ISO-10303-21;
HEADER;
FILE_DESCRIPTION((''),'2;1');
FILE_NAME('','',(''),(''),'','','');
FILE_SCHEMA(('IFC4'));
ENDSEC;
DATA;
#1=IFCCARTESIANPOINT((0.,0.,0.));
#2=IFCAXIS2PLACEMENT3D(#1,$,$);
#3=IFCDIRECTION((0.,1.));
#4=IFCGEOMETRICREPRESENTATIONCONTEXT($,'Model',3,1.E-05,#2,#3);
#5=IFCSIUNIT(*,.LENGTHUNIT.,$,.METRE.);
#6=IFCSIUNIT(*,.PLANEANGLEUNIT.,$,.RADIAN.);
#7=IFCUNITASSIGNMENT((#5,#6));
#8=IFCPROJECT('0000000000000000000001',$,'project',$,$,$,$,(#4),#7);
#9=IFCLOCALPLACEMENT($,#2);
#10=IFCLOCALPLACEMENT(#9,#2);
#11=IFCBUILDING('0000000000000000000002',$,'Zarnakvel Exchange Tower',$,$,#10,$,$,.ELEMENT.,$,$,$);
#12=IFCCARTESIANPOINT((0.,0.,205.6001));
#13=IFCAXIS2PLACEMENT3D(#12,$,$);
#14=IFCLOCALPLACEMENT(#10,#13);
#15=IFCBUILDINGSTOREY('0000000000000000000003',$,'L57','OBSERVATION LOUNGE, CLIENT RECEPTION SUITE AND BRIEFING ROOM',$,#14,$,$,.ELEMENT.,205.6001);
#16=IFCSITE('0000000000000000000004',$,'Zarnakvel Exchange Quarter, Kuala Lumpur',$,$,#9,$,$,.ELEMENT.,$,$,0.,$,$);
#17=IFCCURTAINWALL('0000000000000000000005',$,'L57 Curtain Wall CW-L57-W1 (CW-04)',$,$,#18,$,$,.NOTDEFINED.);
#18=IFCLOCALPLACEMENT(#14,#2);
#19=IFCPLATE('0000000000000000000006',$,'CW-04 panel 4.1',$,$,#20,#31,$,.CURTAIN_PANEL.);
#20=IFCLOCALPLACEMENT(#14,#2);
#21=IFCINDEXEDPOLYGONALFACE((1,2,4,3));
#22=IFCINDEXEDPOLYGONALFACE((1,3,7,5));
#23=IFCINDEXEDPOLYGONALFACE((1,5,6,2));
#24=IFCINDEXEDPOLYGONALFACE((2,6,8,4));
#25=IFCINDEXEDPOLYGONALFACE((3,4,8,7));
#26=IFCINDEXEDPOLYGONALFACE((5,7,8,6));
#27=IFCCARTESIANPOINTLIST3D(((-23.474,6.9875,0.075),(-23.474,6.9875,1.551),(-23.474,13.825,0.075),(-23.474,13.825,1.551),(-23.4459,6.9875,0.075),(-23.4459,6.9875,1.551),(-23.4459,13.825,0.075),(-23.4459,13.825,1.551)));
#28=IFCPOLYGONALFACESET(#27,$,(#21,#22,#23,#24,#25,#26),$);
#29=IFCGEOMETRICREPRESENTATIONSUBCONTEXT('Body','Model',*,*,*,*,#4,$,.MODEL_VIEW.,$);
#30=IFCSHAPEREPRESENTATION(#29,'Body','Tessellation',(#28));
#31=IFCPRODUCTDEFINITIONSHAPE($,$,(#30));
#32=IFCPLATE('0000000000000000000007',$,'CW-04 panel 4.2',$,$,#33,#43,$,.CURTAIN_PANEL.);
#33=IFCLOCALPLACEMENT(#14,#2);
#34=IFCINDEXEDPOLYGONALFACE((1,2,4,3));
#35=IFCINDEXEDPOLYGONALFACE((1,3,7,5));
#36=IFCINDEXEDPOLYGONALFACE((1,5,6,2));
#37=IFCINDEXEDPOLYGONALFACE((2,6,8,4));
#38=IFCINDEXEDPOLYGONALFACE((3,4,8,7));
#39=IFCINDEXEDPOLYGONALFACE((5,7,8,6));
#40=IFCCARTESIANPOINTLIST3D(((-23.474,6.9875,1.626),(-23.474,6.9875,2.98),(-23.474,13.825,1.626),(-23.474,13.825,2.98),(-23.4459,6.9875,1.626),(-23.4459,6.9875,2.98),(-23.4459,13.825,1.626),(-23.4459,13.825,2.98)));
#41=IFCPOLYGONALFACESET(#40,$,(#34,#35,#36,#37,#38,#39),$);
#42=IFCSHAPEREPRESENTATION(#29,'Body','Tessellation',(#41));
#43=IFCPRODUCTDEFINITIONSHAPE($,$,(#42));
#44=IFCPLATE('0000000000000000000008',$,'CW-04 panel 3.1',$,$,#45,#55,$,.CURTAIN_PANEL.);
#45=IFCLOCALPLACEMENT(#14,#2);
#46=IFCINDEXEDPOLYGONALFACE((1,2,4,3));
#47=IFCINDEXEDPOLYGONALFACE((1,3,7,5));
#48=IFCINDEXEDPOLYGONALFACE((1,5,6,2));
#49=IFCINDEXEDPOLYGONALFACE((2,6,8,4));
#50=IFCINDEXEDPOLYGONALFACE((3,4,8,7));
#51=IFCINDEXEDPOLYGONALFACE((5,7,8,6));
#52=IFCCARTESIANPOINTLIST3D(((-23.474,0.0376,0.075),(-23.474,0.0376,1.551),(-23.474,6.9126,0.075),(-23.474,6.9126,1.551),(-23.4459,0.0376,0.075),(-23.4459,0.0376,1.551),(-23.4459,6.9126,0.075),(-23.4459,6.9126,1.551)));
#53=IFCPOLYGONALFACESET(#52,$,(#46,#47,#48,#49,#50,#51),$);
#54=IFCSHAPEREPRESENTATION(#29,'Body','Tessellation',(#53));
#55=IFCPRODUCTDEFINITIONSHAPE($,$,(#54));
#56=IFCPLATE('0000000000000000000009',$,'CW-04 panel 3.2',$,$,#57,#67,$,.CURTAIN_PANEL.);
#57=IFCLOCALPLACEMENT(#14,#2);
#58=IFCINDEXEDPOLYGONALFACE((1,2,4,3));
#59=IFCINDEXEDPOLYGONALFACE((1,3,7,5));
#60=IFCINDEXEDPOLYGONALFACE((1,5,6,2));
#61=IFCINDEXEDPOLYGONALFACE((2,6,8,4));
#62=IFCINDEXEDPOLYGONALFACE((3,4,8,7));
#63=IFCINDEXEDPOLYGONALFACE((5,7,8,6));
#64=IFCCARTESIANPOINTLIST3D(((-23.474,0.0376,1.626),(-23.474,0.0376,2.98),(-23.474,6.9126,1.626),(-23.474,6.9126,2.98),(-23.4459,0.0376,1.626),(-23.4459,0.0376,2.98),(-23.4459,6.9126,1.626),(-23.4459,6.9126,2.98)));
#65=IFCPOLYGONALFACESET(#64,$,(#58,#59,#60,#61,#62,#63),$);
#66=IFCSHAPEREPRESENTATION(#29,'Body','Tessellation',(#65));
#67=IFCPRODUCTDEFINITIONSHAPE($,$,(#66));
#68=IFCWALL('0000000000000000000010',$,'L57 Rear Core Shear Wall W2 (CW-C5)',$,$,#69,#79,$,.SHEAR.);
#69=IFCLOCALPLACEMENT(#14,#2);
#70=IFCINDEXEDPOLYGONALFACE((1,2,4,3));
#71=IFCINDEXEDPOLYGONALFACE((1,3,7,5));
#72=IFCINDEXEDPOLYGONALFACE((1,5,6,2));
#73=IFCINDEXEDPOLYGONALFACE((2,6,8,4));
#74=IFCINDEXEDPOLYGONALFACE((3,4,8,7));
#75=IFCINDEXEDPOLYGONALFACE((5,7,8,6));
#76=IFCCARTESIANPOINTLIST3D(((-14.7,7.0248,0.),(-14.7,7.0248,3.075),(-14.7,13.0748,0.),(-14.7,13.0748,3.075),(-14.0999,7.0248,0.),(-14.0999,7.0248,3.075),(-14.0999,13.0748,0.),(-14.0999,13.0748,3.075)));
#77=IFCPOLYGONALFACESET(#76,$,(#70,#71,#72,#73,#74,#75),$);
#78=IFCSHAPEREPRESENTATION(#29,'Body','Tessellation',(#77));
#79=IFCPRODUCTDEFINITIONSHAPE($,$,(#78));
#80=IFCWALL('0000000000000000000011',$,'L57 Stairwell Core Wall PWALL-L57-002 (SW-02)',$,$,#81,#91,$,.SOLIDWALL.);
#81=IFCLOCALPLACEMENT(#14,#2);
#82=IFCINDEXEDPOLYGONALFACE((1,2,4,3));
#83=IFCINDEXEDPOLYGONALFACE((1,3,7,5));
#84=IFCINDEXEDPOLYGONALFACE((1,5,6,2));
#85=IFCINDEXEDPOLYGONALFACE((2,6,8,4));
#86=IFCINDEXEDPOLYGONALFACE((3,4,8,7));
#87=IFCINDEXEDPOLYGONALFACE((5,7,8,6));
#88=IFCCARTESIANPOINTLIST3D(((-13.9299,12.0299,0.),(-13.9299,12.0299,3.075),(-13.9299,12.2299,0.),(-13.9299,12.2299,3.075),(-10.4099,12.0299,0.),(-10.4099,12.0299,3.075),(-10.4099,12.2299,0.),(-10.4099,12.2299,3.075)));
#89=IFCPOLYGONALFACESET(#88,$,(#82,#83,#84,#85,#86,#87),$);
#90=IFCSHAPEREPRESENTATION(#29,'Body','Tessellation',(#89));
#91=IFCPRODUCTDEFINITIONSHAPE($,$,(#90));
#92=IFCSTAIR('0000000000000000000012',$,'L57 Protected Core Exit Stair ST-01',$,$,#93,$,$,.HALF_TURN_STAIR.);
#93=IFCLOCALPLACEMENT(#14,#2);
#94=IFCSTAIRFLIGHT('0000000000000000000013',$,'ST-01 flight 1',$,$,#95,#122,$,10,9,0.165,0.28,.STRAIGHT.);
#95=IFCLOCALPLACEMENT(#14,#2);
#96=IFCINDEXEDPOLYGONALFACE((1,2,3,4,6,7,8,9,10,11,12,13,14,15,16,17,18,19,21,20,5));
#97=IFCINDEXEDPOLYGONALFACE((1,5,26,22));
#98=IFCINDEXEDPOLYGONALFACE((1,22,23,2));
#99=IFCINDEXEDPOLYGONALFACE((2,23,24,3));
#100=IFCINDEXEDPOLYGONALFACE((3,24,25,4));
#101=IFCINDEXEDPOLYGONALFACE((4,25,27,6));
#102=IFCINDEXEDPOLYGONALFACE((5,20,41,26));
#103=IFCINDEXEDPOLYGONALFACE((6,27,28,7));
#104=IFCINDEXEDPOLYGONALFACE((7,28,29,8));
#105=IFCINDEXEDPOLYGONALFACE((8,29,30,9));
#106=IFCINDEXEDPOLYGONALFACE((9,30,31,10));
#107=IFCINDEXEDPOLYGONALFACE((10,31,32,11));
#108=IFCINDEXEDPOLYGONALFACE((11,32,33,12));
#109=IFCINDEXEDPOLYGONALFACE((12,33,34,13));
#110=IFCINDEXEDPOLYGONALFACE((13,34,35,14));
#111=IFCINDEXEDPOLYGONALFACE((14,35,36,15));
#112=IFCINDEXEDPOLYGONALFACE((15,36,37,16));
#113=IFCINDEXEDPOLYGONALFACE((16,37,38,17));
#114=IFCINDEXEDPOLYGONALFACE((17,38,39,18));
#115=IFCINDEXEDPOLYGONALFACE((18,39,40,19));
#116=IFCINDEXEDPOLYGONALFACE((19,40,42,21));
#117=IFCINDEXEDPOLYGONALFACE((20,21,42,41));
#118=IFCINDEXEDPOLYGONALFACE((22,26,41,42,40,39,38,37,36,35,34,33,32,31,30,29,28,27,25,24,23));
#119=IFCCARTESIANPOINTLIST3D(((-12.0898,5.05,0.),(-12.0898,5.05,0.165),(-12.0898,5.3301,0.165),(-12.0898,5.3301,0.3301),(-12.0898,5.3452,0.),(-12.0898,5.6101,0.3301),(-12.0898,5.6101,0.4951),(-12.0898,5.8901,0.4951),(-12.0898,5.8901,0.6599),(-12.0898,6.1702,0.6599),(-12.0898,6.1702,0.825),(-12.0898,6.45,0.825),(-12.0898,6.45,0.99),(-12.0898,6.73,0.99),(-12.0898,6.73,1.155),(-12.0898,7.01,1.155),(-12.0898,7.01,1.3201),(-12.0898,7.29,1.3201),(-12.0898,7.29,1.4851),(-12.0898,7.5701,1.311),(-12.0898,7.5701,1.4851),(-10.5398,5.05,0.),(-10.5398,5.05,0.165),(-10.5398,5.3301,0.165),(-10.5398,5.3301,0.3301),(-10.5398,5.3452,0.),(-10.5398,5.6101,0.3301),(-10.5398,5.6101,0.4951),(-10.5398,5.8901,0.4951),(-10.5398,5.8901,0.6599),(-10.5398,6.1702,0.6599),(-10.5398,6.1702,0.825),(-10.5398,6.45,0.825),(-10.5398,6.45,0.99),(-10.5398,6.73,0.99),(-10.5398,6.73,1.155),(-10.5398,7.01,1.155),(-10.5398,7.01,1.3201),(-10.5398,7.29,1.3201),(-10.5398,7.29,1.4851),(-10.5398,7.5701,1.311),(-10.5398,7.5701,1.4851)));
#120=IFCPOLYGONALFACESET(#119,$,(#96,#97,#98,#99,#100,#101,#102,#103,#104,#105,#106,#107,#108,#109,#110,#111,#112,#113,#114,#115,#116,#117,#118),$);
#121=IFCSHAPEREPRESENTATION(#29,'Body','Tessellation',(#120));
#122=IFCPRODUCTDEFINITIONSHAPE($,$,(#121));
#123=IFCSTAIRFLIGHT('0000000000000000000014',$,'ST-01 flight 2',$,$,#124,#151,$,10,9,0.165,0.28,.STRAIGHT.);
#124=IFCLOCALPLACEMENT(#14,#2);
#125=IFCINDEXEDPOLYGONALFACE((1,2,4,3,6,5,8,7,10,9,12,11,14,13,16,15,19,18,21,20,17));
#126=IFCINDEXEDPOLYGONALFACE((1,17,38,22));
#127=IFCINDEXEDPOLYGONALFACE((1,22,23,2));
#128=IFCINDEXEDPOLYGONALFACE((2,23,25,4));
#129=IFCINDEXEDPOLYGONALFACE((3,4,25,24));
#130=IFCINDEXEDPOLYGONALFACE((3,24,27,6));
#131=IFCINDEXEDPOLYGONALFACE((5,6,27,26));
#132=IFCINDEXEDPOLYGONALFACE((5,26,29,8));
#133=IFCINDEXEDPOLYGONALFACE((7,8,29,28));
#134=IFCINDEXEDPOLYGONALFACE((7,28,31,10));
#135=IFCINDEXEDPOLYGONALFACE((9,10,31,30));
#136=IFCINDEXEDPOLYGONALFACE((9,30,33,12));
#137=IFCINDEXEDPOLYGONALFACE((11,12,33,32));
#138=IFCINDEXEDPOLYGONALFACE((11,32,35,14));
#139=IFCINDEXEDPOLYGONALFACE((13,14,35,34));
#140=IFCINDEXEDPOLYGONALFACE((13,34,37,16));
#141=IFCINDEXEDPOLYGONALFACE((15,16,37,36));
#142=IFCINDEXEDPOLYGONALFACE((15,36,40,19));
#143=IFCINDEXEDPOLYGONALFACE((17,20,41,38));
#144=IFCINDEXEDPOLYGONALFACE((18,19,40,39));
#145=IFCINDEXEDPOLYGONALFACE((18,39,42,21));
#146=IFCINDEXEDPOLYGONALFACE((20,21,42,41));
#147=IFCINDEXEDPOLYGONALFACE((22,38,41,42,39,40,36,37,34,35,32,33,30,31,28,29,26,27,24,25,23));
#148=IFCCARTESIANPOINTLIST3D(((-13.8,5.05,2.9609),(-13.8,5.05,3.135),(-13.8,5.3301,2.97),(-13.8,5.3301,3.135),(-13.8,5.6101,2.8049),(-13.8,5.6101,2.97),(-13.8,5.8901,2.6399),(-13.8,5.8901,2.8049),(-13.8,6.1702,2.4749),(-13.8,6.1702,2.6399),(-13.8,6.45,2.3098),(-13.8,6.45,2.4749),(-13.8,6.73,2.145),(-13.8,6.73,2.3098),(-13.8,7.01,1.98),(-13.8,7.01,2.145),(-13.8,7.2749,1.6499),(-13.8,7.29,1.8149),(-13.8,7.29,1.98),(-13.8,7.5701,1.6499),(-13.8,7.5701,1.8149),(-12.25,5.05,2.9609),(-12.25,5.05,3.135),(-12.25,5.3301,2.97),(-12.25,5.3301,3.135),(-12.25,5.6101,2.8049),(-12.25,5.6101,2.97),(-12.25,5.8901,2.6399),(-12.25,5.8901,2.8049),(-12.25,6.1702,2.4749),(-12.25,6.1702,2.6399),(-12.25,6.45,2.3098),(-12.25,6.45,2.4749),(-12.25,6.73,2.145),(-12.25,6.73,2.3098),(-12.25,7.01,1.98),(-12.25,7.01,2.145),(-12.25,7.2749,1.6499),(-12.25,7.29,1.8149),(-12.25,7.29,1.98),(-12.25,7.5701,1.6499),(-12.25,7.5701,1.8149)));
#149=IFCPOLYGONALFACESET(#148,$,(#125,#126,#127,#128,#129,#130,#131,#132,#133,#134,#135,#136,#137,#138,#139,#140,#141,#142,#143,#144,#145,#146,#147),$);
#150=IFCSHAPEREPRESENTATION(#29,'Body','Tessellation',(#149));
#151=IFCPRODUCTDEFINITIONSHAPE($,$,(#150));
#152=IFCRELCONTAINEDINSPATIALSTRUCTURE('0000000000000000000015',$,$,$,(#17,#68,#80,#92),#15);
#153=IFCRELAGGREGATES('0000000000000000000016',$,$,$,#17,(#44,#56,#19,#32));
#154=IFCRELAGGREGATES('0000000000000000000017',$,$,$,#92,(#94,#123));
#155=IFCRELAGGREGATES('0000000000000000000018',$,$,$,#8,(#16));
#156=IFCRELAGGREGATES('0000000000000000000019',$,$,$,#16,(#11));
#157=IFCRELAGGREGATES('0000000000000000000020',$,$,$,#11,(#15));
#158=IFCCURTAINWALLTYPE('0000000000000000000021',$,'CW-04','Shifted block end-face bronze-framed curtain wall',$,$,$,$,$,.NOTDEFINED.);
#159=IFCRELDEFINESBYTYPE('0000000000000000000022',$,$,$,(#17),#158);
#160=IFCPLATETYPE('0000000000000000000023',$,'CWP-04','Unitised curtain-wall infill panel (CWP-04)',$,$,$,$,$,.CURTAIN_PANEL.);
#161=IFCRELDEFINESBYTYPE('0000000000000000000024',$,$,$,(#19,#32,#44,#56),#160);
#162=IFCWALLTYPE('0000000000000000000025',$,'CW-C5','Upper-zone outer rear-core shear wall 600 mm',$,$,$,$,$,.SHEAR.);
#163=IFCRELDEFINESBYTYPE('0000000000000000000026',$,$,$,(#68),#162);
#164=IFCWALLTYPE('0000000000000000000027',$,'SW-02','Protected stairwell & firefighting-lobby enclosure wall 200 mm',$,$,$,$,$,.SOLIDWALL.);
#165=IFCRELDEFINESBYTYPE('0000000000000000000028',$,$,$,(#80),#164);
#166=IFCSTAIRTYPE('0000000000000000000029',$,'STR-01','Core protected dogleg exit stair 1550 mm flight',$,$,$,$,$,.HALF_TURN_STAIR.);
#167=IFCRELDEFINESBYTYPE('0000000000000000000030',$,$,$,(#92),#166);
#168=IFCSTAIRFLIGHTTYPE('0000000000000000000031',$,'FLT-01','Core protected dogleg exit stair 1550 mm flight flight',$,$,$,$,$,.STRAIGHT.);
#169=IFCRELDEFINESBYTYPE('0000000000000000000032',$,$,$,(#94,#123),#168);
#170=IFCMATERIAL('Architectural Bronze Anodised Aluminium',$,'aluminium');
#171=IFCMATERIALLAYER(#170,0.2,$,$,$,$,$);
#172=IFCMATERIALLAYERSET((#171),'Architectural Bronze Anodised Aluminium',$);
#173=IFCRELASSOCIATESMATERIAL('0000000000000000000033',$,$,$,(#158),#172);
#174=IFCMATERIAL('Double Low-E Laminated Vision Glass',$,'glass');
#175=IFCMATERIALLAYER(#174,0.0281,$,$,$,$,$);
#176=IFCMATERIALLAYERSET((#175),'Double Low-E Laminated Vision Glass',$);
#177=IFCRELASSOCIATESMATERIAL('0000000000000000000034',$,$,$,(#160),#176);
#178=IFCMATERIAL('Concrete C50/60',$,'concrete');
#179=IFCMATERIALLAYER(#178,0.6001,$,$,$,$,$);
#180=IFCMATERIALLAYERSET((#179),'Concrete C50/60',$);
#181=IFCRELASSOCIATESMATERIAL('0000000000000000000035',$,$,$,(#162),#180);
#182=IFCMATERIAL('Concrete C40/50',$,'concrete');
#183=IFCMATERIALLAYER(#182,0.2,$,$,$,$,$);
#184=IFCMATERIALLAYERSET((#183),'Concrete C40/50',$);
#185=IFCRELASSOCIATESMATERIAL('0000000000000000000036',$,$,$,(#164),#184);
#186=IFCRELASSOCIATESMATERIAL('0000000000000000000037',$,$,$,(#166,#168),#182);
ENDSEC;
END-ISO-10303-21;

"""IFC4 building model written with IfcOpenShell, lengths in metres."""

from ifc_helpers import new_model, si_unit, direction, frame, frame_2d, origin, origin_2d, place, context, subcontext, project, spatial, polyline, rectangle, outline, extrude, source, transform, mapped, material, layer, layer_set, type_object, element, aggregate, save


model = new_model("IFC4")

# Units and contexts
model_context = context("Model", 3, precision=1e-05, world=origin(), true_north=direction((0.0, 1.0)))
body_context = subcontext(model_context, "Body", "Model", "MODEL_VIEW")
ifc_project = project(units=[si_unit("LENGTHUNIT", "METRE"), si_unit("PLANEANGLEUNIT", "RADIAN")], contexts=[model_context])

# Site, building, storey
site_placement = place(None, origin())
site = spatial("IfcSite", under=ifc_project, at=site_placement, Name="Zarnakvel Exchange Quarter, Kuala Lumpur", CompositionType="ELEMENT", RefElevation=0.0)
building_placement = place(site_placement, origin())
building = spatial("IfcBuilding", under=site, at=building_placement, Name="Zarnakvel Exchange Tower", CompositionType="ELEMENT")
storey_placement = place(building_placement, frame((0.0, 0.0, 205.6001)))
storey = spatial("IfcBuildingStorey", under=building, at=storey_placement, Name="L57", Description="OBSERVATION LOUNGE, CLIENT RECEPTION SUITE AND BRIEFING ROOM", CompositionType="ELEMENT", Elevation=205.6001)

# Shared definitions
ifc_material_1 = material(Name="Concrete C50/60", Category="concrete")

# Curtain wall, plates
ifc_material_2 = material(Name="Architectural Bronze Anodised Aluminium", Category="aluminium")
ifc_layer_1 = layer(ifc_material_2, 0.2)
ifc_layer_set_1 = layer_set([ifc_layer_1], Name="Architectural Bronze Anodised Aluminium")
curtain_wall_type = type_object("IfcCurtainWallType", Name="CW-04", Description="Shifted block end-face bronze-framed curtain wall", PredefinedType="NOTDEFINED", material=ifc_layer_set_1)
curtain_wall_placement = place(storey_placement, origin())
curtain_wall = element("IfcCurtainWall", 1, at=curtain_wall_placement, inside=storey, type_object=curtain_wall_type, Name="L57 Curtain Wall CW-L57-W1 (CW-04)", PredefinedType="NOTDEFINED")
ifc_material_3 = material(Name="Double Low-E Laminated Vision Glass", Category="glass")
ifc_layer_2 = layer(ifc_material_3, 0.0281)
ifc_layer_set_2 = layer_set([ifc_layer_2], Name="Double Low-E Laminated Vision Glass")
plate_type = type_object("IfcPlateType", Name="CWP-04", Description="Unitised curtain-wall infill panel (CWP-04)", PredefinedType="CURTAIN_PANEL", material=ifc_layer_set_2)
shared_shape_1 = source(origin(), body_context, "Body", "SweptSolid", [
    extrude(rectangle(XDim=6.8374, YDim=0.0281, at=origin_2d()), origin(), (0.0, 0.0, 1.0), 1.4761),
])
plate_1_placement = place(storey_placement, frame((-23.46, 10.4062, 0.075), z_axis=(0.0, 0.0, 1.0), x_axis=(0.0, 1.0, 0.0)))
plate_1 = element("IfcPlate", 2, at=plate_1_placement, type_object=plate_type, Name="CW-04 panel 4.1", PredefinedType="CURTAIN_PANEL", context=body_context, shape_type="MappedRepresentation", body=[
    mapped(shared_shape_1, transform((0.0, 0.0, 0.0), x_axis=(1.0, 0.0, 0.0), y_axis=(0.0, 1.0, 0.0), z_axis=(0.0, 0.0, 1.0), scale=1.0)),
])
shared_shape_2 = source(origin(), body_context, "Body", "SweptSolid", [
    extrude(rectangle(XDim=6.8374, YDim=0.0281, at=origin_2d()), origin(), (0.0, 0.0, 1.0), 1.354),
])
plate_2_placement = place(storey_placement, frame((-23.46, 10.4062, 1.626), z_axis=(0.0, 0.0, 1.0), x_axis=(0.0, 1.0, 0.0)))
plate_2 = element("IfcPlate", 3, at=plate_2_placement, type_object=plate_type, Name="CW-04 panel 4.2", PredefinedType="CURTAIN_PANEL", context=body_context, shape_type="MappedRepresentation", body=[
    mapped(shared_shape_2, transform((0.0, 0.0, 0.0), x_axis=(1.0, 0.0, 0.0), y_axis=(0.0, 1.0, 0.0), z_axis=(0.0, 0.0, 1.0), scale=1.0)),
])
shared_shape_3 = source(origin(), body_context, "Body", "SweptSolid", [
    extrude(rectangle(XDim=6.875, YDim=0.0281, at=origin_2d()), origin(), (0.0, 0.0, 1.0), 1.4761),
])
plate_3_placement = place(storey_placement, frame((-23.46, 3.4751, 0.075), z_axis=(0.0, 0.0, 1.0), x_axis=(0.0, 1.0, 0.0)))
plate_3 = element("IfcPlate", 4, at=plate_3_placement, type_object=plate_type, Name="CW-04 panel 3.1", PredefinedType="CURTAIN_PANEL", context=body_context, shape_type="MappedRepresentation", body=[
    mapped(shared_shape_3, transform((0.0, 0.0, 0.0), x_axis=(1.0, 0.0, 0.0), y_axis=(0.0, 1.0, 0.0), z_axis=(0.0, 0.0, 1.0), scale=1.0)),
])
shared_shape_4 = source(origin(), body_context, "Body", "SweptSolid", [
    extrude(rectangle(XDim=6.875, YDim=0.0281, at=origin_2d()), origin(), (0.0, 0.0, 1.0), 1.354),
])
plate_4_placement = place(storey_placement, frame((-23.46, 3.4751, 1.626), z_axis=(0.0, 0.0, 1.0), x_axis=(0.0, 1.0, 0.0)))
plate_4 = element("IfcPlate", 5, at=plate_4_placement, type_object=plate_type, Name="CW-04 panel 3.2", PredefinedType="CURTAIN_PANEL", context=body_context, shape_type="MappedRepresentation", body=[
    mapped(shared_shape_4, transform((0.0, 0.0, 0.0), x_axis=(1.0, 0.0, 0.0), y_axis=(0.0, 1.0, 0.0), z_axis=(0.0, 0.0, 1.0), scale=1.0)),
])
aggregate(curtain_wall, [plate_3, plate_4, plate_1, plate_2])

# Walls
ifc_layer_3 = layer(ifc_material_1, 0.6001)
ifc_layer_set_3 = layer_set([ifc_layer_3], Name="Concrete C50/60")
wall_type_1 = type_object("IfcWallType", Name="CW-C5", Description="Upper-zone outer rear-core shear wall 600 mm", PredefinedType="SHEAR", material=ifc_layer_set_3)
wall_1_placement = place(storey_placement, frame((-14.3999, 7.0249, 0.0), z_axis=(0.0, 0.0, 1.0), x_axis=(0.0, 1.0, 0.0)))
element("IfcWall", 6, at=wall_1_placement, inside=storey, type_object=wall_type_1, Name="L57 Rear Core Shear Wall W2 (CW-C5)", PredefinedType="SHEAR", context=body_context, shape_type="SweptSolid", body=[
    extrude(rectangle(XDim=6.05, YDim=0.6001, at=frame_2d((3.0249, 0.0))), origin(), (0.0, 0.0, 1.0), 3.075),
])
ifc_material_4 = material(Name="Concrete C40/50", Category="concrete")
ifc_layer_4 = layer(ifc_material_4, 0.2)
ifc_layer_set_4 = layer_set([ifc_layer_4], Name="Concrete C40/50")
wall_type_2 = type_object("IfcWallType", Name="SW-02", Description="Protected stairwell & firefighting-lobby enclosure wall 200 mm", PredefinedType="SOLIDWALL", material=ifc_layer_set_4)
wall_2_placement = place(storey_placement, frame((-13.9299, 12.1299, 0.0), z_axis=(0.0, 0.0, 1.0), x_axis=(1.0, 0.0, 0.0)))
element("IfcWall", 7, at=wall_2_placement, inside=storey, type_object=wall_type_2, Name="L57 Stairwell Core Wall PWALL-L57-002 (SW-02)", PredefinedType="SOLIDWALL", context=body_context, shape_type="SweptSolid", body=[
    extrude(rectangle(XDim=3.52, YDim=0.2, at=frame_2d((1.76, 0.0))), origin(), (0.0, 0.0, 1.0), 3.075),
])

# Stair, stair flights
stair_type = type_object("IfcStairType", Name="STR-01", Description="Core protected dogleg exit stair 1550 mm flight", PredefinedType="HALF_TURN_STAIR", material=ifc_material_4)
stair_placement = place(storey_placement, origin())
stair = element("IfcStair", 8, at=stair_placement, inside=storey, type_object=stair_type, Name="L57 Protected Core Exit Stair ST-01", PredefinedType="HALF_TURN_STAIR")
stair_flight_type = type_object("IfcStairFlightType", Name="FLT-01", Description="Core protected dogleg exit stair 1550 mm flight flight", PredefinedType="STRAIGHT", material=ifc_material_4)
stair_flight_1_placement = place(storey_placement, frame((-11.3149, 5.05, 0.0), z_axis=(0.0, 0.0, 1.0), x_axis=(0.0, 1.0, 0.0)))
stair_flight_1 = element("IfcStairFlight", 9, at=stair_flight_1_placement, type_object=stair_flight_type, Name="ST-01 flight 1", NumberOfRisers=10, NumberOfTreads=9, PredefinedType="STRAIGHT", RiserHeight=0.165, TreadLength=0.28, context=body_context, shape_type="SweptSolid", body=[
    extrude(outline(polyline([(0.0, 0.0), (0.0, 0.165), (0.28, 0.165), (0.28, 0.3301), (0.5601, 0.3301), (0.5601, 0.4951), (0.8401, 0.4951), (0.8401, 0.6599), (1.1201, 0.6599), (1.1201, 0.825), (1.3999, 0.825), (1.3999, 0.99), (1.6799, 0.99), (1.6799, 1.155), (1.96, 1.155), (1.96, 1.3201), (2.24, 1.3201), (2.24, 1.4851), (2.52, 1.4851), (2.52, 1.6499), (2.52, 1.311), (0.2952, 0.0), (0.0, 0.0)])), frame((0.0, 0.7749, 0.0), z_axis=(0.0, -1.0, 0.0), x_axis=(1.0, 0.0, 0.0)), (0.0, 0.0, 1.0), 1.55),
])
stair_flight_2_placement = place(storey_placement, frame((-13.0249, 7.5701, 1.6499), z_axis=(0.0, 0.0, 1.0), x_axis=(0.0, -1.0, 0.0)))
stair_flight_2 = element("IfcStairFlight", 10, at=stair_flight_2_placement, type_object=stair_flight_type, Name="ST-01 flight 2", NumberOfRisers=10, NumberOfTreads=9, PredefinedType="STRAIGHT", RiserHeight=0.165, TreadLength=0.28, context=body_context, shape_type="SweptSolid", body=[
    extrude(outline(polyline([(0.0, 0.0), (0.0, 0.165), (0.28, 0.165), (0.28, 0.3301), (0.5601, 0.3301), (0.5601, 0.4951), (0.8401, 0.4951), (0.8401, 0.6599), (1.1201, 0.6599), (1.1201, 0.825), (1.3999, 0.825), (1.3999, 0.99), (1.6799, 0.99), (1.6799, 1.155), (1.96, 1.155), (1.96, 1.3201), (2.24, 1.3201), (2.24, 1.4851), (2.52, 1.4851), (2.52, 1.6499), (2.52, 1.311), (0.2952, 0.0), (0.0, 0.0)])), frame((0.0, 0.7749, 0.0), z_axis=(0.0, -1.0, 0.0), x_axis=(1.0, 0.0, 0.0)), (0.0, 0.0, 1.0), 1.55),
])
aggregate(stair, [stair_flight_1, stair_flight_2])

save(model, "model.ifc")
